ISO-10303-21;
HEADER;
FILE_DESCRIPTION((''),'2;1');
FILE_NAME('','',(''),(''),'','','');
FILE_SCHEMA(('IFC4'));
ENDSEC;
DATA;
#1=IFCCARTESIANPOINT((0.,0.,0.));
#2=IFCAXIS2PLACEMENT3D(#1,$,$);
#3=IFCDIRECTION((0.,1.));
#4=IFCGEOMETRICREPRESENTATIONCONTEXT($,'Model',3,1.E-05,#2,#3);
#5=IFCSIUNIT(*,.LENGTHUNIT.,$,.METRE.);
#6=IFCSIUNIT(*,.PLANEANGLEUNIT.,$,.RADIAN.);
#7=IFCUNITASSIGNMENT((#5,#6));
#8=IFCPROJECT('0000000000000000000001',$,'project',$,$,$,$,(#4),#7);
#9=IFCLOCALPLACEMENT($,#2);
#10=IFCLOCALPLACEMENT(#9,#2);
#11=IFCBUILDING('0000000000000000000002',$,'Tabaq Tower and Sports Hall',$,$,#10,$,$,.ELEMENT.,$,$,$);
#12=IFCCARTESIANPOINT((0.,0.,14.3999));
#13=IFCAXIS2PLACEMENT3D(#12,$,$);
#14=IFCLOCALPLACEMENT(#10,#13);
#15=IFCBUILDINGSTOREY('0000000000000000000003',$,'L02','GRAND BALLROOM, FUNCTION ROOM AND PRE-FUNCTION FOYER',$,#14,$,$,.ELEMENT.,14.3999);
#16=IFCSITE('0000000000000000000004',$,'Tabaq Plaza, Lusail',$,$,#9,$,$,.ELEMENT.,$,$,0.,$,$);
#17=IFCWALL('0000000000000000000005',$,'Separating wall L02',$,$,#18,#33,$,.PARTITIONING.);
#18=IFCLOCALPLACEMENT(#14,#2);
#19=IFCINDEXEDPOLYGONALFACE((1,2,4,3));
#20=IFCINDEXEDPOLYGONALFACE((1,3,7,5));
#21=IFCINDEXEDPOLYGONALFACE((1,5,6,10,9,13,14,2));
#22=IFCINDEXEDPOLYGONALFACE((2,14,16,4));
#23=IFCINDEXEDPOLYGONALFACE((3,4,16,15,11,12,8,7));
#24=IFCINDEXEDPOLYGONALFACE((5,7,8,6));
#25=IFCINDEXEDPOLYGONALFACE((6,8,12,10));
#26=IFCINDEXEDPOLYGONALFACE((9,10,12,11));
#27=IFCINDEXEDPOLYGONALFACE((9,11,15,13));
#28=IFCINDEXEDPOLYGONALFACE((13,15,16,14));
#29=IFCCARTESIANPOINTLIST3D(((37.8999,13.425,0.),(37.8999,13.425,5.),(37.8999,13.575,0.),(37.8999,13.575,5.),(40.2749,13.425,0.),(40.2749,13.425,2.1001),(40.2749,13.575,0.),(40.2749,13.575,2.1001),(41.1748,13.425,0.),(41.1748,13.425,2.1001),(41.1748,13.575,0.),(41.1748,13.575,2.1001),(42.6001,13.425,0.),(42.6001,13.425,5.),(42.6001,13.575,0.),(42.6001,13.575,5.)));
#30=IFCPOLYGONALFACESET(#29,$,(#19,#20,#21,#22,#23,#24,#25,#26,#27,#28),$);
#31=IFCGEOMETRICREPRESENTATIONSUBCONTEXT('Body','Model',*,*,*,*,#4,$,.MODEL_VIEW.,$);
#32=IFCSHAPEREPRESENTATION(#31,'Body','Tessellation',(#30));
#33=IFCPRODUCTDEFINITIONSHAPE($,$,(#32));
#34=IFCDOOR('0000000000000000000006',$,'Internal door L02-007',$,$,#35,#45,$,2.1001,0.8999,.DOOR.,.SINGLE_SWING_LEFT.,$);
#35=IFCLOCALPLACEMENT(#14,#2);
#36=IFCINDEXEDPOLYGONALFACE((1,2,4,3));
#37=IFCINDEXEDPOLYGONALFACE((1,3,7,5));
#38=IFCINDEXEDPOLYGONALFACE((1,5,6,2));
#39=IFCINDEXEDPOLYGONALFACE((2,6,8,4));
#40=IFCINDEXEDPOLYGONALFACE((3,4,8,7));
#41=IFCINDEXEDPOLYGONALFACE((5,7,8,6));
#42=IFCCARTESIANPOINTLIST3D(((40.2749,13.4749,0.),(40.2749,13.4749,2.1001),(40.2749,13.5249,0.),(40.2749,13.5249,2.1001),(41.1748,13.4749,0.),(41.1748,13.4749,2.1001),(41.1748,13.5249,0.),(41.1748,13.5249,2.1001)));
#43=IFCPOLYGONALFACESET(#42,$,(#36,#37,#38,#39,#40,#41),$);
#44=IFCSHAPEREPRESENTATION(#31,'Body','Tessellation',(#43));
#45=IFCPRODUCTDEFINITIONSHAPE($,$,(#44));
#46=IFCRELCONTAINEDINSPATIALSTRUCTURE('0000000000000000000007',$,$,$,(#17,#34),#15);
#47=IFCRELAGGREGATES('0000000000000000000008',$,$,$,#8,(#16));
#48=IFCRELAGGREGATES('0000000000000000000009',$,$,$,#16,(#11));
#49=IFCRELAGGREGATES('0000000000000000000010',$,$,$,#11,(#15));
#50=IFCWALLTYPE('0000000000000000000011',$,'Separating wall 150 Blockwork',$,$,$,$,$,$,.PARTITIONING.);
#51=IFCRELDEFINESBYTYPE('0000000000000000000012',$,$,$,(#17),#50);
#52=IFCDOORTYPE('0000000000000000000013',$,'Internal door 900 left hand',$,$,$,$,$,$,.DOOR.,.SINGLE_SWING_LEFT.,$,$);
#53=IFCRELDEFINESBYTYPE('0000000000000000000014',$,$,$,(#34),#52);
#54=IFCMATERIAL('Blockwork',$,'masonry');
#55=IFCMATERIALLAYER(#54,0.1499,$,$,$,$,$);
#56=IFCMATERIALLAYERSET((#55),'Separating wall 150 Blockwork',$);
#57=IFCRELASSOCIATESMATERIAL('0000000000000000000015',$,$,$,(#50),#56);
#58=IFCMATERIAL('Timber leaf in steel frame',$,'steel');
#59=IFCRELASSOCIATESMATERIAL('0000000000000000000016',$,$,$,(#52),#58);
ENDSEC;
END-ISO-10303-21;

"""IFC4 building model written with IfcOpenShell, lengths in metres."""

from ifc_helpers import new_model, si_unit, direction, frame, frame_2d, origin, place, context, subcontext, project, spatial, rectangle, extrude, material, layer, layer_set, type_object, element, fill, save


model = new_model("IFC4")

# Units and contexts
model_context = context("Model", 3, precision=1e-05, world=origin(), true_north=direction((0.0, 1.0)))
body_context = subcontext(model_context, "Body", "Model", "MODEL_VIEW")
ifc_project = project(units=[si_unit("LENGTHUNIT", "METRE"), si_unit("PLANEANGLEUNIT", "RADIAN")], contexts=[model_context])

# Site, building, storey
site_placement = place(None, origin())
site = spatial("IfcSite", under=ifc_project, at=site_placement, Name="Tabaq Plaza, Lusail", CompositionType="ELEMENT", RefElevation=0.0)
building_placement = place(site_placement, origin())
building = spatial("IfcBuilding", under=site, at=building_placement, Name="Tabaq Tower and Sports Hall", CompositionType="ELEMENT")
storey_placement = place(building_placement, frame((0.0, 0.0, 14.3999)))
storey = spatial("IfcBuildingStorey", under=building, at=storey_placement, Name="L02", Description="GRAND BALLROOM, FUNCTION ROOM AND PRE-FUNCTION FOYER", CompositionType="ELEMENT", Elevation=14.3999)

# Wall, opening, door
ifc_material_1 = material(Name="Blockwork", Category="masonry")
ifc_layer_1 = layer(ifc_material_1, 0.1499)
ifc_layer_set_1 = layer_set([ifc_layer_1], Name="Separating wall 150 Blockwork")
wall_type_1 = type_object("IfcWallType", Name="Separating wall 150 Blockwork", PredefinedType="PARTITIONING", material=ifc_layer_set_1)
wall_1_placement = place(storey_placement, frame((37.8999, 13.5, 0.0), z_axis=(0.0, 0.0, 1.0), x_axis=(1.0, 0.0, 0.0)))
wall_1 = element("IfcWall", 1, at=wall_1_placement, inside=storey, type_object=wall_type_1, Name="Separating wall L02", PredefinedType="PARTITIONING", context=body_context, shape_type="SweptSolid", body=[
    extrude(rectangle(XDim=4.7002, YDim=0.1499, at=frame_2d((2.3501, 0.0))), origin(), (0.0, 0.0, 1.0), 5.0),
])
opening_placement = place(wall_1_placement, frame((2.375, 0.0, 0.0)))
opening = element("IfcOpeningElement", 2, at=opening_placement, cuts=wall_1, PredefinedType="OPENING", context=body_context, shape_type="SweptSolid", body=[
    extrude(rectangle(XDim=0.8999, YDim=2.1001, at=frame_2d((0.45, 1.05))), frame((0.0, 0.075, 0.0), z_axis=(0.0, -1.0, 0.0), x_axis=(1.0, 0.0, 0.0)), (0.0, 0.0, 1.0), 0.1499),
])
ifc_material_2 = material(Name="Timber leaf in steel frame", Category="steel")
door_type = type_object("IfcDoorType", Name="Internal door 900 left hand", OperationType="SINGLE_SWING_LEFT", PredefinedType="DOOR", material=ifc_material_2)
door_placement = place(opening_placement, origin())
door = element("IfcDoor", 3, at=door_placement, inside=storey, type_object=door_type, Name="Internal door L02-007", OperationType="SINGLE_SWING_LEFT", OverallHeight=2.1001, OverallWidth=0.8999, PredefinedType="DOOR", context=body_context, shape_type="SweptSolid", body=[
    extrude(rectangle(XDim=0.8999, YDim=2.1001, at=frame_2d((0.45, 1.05))), frame((0.0, 0.0249, 0.0), z_axis=(0.0, -1.0, 0.0), x_axis=(1.0, 0.0, 0.0)), (0.0, 0.0, 1.0), 0.05),
])
fill(opening, door)

save(model, "model.ifc")
